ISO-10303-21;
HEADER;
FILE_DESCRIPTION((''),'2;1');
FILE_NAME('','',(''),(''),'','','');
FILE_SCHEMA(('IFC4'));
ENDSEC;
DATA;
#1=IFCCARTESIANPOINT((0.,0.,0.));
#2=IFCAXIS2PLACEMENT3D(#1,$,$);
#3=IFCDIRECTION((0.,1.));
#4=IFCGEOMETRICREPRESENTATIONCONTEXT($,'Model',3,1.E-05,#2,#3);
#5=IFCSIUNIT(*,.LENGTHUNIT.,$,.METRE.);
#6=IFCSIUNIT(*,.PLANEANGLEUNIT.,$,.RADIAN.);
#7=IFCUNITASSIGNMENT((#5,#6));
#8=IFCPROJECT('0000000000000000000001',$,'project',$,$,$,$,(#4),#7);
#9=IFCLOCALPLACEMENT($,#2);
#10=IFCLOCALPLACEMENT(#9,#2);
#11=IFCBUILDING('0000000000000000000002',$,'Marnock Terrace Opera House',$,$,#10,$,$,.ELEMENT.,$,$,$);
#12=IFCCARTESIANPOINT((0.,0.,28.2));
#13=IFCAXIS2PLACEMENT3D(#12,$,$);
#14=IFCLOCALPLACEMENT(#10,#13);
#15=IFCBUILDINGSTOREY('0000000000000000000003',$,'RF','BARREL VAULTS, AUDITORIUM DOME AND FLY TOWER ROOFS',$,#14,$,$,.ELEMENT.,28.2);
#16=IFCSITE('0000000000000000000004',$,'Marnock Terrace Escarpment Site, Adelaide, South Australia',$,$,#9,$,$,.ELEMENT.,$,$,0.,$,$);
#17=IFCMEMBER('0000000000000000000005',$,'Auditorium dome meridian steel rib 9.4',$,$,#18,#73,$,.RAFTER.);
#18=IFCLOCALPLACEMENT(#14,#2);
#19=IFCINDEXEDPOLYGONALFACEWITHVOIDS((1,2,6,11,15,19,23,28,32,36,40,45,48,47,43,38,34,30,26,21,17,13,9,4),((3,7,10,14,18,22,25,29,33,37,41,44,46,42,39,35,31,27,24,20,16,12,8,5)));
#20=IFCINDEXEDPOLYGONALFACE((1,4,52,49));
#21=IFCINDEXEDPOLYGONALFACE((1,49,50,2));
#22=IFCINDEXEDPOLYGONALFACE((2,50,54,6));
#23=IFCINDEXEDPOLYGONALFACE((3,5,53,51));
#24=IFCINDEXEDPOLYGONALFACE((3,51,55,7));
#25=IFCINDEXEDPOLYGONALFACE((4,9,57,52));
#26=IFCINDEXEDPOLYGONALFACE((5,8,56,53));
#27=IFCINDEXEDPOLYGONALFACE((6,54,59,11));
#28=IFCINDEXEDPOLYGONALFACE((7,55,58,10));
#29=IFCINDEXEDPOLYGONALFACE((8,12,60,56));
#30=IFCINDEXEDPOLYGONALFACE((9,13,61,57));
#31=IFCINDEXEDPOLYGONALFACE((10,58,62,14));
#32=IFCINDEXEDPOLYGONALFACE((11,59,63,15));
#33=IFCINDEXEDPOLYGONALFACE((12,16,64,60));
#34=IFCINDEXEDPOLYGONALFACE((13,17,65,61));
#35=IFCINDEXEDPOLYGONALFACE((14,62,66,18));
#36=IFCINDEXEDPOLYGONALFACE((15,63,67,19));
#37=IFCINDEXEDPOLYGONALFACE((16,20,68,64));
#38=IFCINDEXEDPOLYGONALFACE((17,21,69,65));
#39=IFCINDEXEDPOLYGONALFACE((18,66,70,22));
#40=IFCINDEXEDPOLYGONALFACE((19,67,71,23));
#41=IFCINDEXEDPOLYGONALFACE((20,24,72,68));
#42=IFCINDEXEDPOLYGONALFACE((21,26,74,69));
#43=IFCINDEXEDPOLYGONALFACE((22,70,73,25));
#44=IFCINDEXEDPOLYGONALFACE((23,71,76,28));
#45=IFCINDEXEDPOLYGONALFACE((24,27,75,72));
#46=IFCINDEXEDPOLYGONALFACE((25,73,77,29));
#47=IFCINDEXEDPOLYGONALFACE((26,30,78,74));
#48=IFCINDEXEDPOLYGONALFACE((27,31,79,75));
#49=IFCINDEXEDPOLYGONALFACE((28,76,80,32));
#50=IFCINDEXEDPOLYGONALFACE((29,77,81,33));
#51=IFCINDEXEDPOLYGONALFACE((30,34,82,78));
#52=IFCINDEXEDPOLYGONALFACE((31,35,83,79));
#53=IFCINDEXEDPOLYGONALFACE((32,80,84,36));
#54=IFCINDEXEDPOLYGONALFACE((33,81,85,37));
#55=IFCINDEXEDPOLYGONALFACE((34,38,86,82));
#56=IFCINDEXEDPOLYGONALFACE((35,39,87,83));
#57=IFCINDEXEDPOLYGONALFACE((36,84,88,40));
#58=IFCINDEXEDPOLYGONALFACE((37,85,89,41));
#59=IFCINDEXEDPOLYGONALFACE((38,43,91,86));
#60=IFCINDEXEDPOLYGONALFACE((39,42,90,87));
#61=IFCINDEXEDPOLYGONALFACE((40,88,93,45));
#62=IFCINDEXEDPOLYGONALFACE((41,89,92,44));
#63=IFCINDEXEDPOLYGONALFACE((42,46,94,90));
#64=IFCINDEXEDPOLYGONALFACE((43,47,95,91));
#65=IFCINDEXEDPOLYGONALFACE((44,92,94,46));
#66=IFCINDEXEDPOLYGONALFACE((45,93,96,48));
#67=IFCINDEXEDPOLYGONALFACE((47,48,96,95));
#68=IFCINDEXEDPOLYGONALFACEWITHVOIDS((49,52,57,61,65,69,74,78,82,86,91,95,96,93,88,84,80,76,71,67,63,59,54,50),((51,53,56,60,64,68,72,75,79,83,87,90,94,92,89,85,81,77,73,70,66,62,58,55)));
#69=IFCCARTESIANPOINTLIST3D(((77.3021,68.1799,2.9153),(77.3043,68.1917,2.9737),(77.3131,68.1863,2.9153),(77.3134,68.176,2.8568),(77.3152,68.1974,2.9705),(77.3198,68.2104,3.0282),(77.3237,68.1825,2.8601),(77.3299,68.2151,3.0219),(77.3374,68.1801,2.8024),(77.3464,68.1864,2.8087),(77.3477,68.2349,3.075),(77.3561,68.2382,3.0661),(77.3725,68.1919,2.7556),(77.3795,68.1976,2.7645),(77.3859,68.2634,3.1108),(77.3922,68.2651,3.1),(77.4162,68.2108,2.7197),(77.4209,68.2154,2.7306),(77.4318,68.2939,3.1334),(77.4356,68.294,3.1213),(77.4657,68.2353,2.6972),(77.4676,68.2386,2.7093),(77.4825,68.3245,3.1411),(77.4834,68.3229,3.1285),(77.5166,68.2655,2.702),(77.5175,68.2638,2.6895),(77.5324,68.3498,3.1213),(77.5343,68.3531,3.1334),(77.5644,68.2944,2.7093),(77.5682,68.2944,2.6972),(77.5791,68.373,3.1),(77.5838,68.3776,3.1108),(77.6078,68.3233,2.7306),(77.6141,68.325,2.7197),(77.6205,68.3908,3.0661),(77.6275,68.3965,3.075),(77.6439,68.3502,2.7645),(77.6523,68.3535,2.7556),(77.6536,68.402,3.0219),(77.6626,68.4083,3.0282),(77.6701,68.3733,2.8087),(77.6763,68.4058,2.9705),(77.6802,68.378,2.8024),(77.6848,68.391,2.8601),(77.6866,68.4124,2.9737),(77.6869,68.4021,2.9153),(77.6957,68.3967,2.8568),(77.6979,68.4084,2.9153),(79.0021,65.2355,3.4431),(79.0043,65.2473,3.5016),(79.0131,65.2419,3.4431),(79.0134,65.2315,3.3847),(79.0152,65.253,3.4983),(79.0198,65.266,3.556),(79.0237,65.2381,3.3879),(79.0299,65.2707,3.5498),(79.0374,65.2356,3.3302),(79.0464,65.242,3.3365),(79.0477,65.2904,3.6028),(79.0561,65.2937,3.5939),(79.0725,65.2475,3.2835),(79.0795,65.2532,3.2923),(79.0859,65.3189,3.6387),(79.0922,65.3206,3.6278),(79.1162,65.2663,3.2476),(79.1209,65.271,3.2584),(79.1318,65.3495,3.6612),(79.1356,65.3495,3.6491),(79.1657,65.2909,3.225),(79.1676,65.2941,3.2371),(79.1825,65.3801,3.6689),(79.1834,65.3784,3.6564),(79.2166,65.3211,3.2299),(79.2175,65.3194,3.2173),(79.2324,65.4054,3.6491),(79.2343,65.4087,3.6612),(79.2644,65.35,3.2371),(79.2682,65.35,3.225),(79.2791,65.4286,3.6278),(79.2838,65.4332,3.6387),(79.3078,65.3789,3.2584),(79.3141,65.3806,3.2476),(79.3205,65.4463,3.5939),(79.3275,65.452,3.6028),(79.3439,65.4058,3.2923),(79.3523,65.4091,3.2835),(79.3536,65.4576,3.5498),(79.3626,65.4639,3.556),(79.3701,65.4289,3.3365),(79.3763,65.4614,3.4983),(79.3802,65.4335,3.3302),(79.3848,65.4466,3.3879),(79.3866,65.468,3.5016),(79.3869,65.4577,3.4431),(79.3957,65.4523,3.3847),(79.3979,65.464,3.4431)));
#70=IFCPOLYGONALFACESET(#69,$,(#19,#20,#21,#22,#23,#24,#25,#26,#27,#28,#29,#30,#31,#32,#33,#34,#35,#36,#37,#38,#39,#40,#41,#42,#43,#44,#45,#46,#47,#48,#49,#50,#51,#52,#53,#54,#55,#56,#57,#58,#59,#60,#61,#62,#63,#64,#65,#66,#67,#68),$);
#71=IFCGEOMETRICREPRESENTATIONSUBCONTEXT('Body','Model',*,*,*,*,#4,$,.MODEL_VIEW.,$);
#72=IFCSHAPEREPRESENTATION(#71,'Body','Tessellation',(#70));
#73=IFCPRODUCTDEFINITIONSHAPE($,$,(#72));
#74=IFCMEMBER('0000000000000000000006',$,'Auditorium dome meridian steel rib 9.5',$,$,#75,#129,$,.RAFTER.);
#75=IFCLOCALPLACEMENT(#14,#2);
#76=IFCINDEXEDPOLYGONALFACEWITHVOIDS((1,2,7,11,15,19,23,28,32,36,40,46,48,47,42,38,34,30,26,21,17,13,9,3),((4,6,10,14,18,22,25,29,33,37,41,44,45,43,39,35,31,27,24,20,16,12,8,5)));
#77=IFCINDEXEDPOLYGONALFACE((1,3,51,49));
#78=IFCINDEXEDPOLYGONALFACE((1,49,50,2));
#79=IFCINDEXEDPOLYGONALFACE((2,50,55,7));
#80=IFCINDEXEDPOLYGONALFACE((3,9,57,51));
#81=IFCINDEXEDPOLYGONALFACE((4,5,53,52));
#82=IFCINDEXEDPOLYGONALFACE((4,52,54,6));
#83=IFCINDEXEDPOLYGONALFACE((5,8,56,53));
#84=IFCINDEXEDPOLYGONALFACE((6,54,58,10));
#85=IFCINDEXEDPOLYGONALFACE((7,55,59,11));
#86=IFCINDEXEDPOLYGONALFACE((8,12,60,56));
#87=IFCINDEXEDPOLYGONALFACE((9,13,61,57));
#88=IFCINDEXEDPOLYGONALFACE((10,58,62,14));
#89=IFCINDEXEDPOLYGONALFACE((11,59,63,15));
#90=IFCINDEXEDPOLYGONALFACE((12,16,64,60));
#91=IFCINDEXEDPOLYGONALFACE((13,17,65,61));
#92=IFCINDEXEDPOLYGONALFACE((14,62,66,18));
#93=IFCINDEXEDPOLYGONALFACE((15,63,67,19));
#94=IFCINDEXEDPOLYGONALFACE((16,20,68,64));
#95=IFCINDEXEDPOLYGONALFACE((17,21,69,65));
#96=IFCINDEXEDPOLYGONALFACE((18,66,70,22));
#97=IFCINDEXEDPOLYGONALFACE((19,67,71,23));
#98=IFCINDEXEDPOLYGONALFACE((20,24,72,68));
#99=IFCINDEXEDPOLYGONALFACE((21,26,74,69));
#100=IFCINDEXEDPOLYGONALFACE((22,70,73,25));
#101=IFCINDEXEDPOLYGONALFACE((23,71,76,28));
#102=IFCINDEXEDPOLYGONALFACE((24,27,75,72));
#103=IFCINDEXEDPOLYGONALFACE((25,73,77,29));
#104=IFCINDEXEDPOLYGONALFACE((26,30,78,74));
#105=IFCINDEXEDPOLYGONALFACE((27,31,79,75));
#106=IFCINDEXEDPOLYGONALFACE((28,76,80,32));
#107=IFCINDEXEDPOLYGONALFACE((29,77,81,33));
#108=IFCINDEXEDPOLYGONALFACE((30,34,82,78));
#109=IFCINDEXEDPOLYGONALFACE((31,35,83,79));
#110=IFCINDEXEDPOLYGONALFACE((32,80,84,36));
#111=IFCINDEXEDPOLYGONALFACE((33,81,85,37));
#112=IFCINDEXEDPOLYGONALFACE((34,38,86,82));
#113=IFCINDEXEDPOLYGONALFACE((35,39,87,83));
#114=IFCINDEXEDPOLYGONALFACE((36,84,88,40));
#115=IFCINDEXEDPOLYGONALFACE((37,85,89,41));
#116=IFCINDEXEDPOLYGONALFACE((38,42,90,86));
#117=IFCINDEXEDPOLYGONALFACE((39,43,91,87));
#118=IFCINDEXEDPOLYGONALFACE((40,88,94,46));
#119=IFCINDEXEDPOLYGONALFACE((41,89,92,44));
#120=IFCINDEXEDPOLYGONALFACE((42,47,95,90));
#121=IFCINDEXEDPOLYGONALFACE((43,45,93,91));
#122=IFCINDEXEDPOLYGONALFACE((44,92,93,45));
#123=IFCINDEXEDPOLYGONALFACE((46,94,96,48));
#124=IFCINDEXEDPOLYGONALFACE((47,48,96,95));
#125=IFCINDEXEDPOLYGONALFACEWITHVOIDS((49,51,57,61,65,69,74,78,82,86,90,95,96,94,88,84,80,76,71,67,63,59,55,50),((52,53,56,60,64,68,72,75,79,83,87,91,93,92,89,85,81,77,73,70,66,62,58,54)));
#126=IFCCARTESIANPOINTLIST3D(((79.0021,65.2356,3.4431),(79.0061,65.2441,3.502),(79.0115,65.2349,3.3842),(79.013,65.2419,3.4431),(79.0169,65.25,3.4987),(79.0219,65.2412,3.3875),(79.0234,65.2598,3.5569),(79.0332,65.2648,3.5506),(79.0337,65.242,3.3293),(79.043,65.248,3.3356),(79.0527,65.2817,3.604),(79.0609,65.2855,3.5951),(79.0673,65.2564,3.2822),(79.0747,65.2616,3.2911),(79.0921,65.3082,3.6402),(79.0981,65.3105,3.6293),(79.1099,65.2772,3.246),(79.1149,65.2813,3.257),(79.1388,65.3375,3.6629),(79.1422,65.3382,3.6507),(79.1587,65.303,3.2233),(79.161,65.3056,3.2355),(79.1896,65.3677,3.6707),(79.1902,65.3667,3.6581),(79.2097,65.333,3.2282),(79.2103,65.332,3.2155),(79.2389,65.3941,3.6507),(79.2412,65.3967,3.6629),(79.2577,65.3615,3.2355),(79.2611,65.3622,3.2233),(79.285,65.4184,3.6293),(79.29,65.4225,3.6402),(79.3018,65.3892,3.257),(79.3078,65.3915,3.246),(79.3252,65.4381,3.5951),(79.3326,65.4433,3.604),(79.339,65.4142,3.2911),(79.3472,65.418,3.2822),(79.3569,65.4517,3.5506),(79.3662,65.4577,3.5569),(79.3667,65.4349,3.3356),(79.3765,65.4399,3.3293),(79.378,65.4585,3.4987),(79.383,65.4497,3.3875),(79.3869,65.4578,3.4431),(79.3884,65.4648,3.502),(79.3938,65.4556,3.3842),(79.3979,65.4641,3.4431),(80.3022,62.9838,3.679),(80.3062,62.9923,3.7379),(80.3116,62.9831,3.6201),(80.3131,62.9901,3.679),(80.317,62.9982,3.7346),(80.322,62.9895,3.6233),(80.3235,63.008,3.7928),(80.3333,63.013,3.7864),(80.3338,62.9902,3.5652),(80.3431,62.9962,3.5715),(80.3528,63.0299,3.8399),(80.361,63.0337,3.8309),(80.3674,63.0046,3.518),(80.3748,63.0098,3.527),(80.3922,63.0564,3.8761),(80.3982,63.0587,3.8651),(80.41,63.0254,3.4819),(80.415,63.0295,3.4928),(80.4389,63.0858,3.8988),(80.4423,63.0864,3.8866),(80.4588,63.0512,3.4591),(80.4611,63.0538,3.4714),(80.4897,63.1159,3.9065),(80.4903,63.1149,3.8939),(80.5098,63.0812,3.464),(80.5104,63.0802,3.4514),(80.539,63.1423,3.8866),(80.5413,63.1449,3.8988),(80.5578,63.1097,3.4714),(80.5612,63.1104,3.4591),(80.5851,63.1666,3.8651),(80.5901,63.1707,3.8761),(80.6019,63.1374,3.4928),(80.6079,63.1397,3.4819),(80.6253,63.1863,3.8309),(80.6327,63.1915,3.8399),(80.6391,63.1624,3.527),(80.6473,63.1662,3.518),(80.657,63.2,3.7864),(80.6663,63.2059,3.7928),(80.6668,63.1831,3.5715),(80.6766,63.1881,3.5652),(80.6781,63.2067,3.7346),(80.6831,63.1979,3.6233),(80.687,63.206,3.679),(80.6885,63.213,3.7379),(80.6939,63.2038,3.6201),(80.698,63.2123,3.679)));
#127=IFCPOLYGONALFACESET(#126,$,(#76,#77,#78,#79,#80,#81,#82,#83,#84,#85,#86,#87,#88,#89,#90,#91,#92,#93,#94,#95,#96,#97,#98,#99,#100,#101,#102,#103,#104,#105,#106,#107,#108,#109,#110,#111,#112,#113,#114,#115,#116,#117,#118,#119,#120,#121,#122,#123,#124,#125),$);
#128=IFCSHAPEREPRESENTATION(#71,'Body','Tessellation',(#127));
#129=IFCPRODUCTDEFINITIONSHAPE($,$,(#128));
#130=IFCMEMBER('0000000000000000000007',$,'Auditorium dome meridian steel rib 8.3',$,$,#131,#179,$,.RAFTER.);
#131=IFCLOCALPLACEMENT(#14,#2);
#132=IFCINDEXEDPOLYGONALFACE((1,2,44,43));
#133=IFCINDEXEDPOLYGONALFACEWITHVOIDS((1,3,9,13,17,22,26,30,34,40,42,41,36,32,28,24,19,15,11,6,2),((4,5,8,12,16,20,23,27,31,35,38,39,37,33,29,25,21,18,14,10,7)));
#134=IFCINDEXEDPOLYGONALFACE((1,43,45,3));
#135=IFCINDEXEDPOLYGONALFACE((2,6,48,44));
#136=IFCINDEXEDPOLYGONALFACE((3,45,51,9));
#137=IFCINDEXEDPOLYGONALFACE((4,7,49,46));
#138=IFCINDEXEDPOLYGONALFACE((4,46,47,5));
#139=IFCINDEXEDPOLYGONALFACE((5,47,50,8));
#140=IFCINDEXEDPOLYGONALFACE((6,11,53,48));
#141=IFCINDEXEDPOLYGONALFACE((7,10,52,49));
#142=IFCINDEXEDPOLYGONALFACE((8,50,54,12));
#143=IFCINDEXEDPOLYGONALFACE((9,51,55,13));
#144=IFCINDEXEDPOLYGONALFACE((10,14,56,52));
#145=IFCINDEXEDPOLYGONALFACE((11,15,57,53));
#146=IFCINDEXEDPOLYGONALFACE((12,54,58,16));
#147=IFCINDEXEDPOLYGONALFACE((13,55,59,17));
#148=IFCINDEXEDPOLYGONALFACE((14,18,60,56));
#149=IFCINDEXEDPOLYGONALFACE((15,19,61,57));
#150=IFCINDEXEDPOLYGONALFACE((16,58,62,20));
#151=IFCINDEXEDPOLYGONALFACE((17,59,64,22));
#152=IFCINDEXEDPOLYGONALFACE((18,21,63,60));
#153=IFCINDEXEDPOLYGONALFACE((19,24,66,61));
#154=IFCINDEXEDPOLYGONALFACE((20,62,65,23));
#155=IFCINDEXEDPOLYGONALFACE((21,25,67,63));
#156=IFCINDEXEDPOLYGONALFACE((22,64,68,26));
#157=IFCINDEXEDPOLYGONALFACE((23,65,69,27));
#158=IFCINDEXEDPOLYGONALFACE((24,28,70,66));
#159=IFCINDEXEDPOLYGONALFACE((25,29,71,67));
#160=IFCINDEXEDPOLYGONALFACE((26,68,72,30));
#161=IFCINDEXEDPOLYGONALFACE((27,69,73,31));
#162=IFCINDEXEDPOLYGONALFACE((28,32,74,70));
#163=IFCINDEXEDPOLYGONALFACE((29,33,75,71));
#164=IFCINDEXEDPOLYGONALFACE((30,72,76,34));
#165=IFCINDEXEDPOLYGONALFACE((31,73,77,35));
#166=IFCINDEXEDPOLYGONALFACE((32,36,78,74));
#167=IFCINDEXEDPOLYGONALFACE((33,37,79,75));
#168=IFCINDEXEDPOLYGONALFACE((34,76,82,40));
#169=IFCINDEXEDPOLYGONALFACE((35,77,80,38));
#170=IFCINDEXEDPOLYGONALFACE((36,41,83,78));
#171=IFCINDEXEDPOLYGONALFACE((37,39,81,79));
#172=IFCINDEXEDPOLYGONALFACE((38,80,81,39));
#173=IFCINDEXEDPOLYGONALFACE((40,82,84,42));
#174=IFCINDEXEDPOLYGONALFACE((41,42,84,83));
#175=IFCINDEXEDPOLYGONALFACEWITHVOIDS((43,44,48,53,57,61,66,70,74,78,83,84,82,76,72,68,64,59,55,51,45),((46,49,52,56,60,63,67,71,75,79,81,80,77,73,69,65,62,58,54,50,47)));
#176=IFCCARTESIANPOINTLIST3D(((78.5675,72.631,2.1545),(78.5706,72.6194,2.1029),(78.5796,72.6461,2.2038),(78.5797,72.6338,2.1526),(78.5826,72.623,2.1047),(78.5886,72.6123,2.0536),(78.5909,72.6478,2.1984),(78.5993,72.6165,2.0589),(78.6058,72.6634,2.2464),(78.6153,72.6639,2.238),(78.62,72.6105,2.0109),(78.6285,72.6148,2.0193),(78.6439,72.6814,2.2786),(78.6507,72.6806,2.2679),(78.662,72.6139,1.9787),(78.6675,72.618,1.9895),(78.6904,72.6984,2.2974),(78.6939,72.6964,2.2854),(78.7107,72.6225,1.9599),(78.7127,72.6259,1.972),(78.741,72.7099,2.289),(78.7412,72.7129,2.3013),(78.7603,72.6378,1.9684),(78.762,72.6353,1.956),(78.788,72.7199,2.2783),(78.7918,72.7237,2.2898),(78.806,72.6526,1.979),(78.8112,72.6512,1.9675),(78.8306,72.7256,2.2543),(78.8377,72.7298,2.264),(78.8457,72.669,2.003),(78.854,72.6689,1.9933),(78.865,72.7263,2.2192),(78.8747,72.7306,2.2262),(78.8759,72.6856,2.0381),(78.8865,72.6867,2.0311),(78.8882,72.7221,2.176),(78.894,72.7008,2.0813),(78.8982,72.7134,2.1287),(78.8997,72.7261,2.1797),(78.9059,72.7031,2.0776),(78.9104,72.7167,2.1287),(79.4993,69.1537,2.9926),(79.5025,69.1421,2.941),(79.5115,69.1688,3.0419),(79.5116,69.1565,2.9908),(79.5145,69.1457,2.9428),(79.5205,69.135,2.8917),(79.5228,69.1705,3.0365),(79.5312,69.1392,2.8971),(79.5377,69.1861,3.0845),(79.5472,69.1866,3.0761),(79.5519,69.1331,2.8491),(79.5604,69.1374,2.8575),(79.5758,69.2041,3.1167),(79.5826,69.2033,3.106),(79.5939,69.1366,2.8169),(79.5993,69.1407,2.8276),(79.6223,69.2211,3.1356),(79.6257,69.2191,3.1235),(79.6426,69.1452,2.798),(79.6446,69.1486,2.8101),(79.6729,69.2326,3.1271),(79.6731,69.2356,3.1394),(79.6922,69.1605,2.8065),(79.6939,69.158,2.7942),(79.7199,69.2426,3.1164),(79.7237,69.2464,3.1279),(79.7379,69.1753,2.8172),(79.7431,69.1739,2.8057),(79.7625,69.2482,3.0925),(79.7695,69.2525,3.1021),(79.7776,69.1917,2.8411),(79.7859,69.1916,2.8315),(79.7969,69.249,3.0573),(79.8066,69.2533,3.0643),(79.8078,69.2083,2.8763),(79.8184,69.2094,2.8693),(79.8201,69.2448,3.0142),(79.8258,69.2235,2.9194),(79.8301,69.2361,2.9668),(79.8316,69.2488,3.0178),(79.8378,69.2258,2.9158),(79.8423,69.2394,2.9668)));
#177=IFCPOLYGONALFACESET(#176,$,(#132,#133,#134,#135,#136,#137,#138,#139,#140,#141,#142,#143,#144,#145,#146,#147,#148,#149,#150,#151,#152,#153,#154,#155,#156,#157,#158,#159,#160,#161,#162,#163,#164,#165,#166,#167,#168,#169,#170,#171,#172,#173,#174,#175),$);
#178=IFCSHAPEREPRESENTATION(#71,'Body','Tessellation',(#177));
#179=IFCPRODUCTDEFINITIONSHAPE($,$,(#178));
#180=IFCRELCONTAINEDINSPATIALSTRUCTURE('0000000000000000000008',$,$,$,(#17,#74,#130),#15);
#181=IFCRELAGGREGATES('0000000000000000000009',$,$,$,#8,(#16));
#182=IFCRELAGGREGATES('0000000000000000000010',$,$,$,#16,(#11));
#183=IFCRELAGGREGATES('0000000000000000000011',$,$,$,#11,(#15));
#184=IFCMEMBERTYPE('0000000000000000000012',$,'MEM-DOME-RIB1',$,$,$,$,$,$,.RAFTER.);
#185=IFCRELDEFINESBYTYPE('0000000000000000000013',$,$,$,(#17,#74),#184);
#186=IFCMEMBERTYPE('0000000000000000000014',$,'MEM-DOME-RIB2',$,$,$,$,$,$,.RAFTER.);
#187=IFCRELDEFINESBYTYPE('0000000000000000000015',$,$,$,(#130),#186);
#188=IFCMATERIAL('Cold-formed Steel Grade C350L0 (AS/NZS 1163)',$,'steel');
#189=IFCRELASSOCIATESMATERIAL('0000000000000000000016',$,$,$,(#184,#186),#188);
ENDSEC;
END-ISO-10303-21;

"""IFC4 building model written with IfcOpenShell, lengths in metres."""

from ifc_helpers import new_model, si_unit, direction, frame, origin, origin_2d, place, context, subcontext, project, spatial, hollow_circle, extrude, material, material_profile, profile_set, type_object, element, save


model = new_model("IFC4")

# Units and contexts
model_context = context("Model", 3, precision=1e-05, world=origin(), true_north=direction((0.0, 1.0)))
body_context = subcontext(model_context, "Body", "Model", "MODEL_VIEW")
ifc_project = project(units=[si_unit("LENGTHUNIT", "METRE"), si_unit("PLANEANGLEUNIT", "RADIAN")], contexts=[model_context])

# Site, building, storey
site_placement = place(None, origin())
site = spatial("IfcSite", under=ifc_project, at=site_placement, Name="Marnock Terrace Escarpment Site, Adelaide, South Australia", CompositionType="ELEMENT", RefElevation=0.0)
building_placement = place(site_placement, origin())
building = spatial("IfcBuilding", under=site, at=building_placement, Name="Marnock Terrace Opera House", CompositionType="ELEMENT")
storey_placement = place(building_placement, frame((0.0, 0.0, 28.2)))
storey = spatial("IfcBuildingStorey", under=building, at=storey_placement, Name="RF", Description="BARREL VAULTS, AUDITORIUM DOME AND FLY TOWER ROOFS", CompositionType="ELEMENT", Elevation=28.2)

# Members
ifc_material_1 = material(Name="Cold-formed Steel Grade C350L0 (AS/NZS 1163)", Category="steel")
ifc_material_profile_1 = material_profile(ifc_material_1, hollow_circle(Radius=0.2285, WallThickness=0.0127, at=origin_2d()))
ifc_profile_set_1 = profile_set([ifc_material_profile_1], Name="Cold-formed Steel Grade C350L0 (AS/NZS 1163)")
member_type_1 = type_object("IfcMemberType", Name="MEM-DOME-RIB1", PredefinedType="RAFTER", material=ifc_profile_set_1)
member_1_placement = place(storey_placement, frame((77.5, 68.2942, 2.9153), z_axis=(0.494089, -0.855769, 0.153414), x_axis=(0.866021, 0.500008, 0.0)))
element("IfcMember", 1, at=member_1_placement, inside=storey, type_object=member_type_1, Name="Auditorium dome meridian steel rib 9.4", PredefinedType="RAFTER", context=body_context, shape_type="SweptSolid", body=[
    extrude(hollow_circle(Radius=0.2285, WallThickness=0.0127, at=origin_2d()), origin(), (0.0, 0.0, 1.0), 3.4407),
])
member_2_placement = place(storey_placement, frame((79.2, 65.3499, 3.4431), z_axis=(0.497963, -0.862481, 0.090335), x_axis=(0.866021, 0.500007, 0.0)))
element("IfcMember", 2, at=member_2_placement, inside=storey, type_object=member_type_1, Name="Auditorium dome meridian steel rib 9.5", PredefinedType="RAFTER", context=body_context, shape_type="SweptSolid", body=[
    extrude(hollow_circle(Radius=0.2285, WallThickness=0.0127, at=origin_2d()), origin(), (0.0, 0.0, 1.0), 2.6108),
])
ifc_material_profile_2 = material_profile(ifc_material_1, hollow_circle(Radius=0.1777, WallThickness=0.0127, at=origin_2d()))
ifc_profile_set_2 = profile_set([ifc_material_profile_2], Name="Cold-formed Steel Grade C350L0 (AS/NZS 1163)")
member_type_2 = type_object("IfcMemberType", Name="MEM-DOME-RIB2", PredefinedType="RAFTER", material=ifc_profile_set_2)
member_3_placement = place(storey_placement, frame((78.7388, 72.6707, 2.1287), z_axis=(0.252114, -0.940756, 0.226751), x_axis=(0.965916, 0.258857, 0.0)))
element("IfcMember", 3, at=member_3_placement, inside=storey, type_object=member_type_2, Name="Auditorium dome meridian steel rib 8.3", PredefinedType="RAFTER", context=body_context, shape_type="SweptSolid", body=[
    extrude(hollow_circle(Radius=0.1777, WallThickness=0.0127, at=origin_2d()), origin(), (0.0, 0.0, 1.0), 3.6963),
])

save(model, "model.ifc")
